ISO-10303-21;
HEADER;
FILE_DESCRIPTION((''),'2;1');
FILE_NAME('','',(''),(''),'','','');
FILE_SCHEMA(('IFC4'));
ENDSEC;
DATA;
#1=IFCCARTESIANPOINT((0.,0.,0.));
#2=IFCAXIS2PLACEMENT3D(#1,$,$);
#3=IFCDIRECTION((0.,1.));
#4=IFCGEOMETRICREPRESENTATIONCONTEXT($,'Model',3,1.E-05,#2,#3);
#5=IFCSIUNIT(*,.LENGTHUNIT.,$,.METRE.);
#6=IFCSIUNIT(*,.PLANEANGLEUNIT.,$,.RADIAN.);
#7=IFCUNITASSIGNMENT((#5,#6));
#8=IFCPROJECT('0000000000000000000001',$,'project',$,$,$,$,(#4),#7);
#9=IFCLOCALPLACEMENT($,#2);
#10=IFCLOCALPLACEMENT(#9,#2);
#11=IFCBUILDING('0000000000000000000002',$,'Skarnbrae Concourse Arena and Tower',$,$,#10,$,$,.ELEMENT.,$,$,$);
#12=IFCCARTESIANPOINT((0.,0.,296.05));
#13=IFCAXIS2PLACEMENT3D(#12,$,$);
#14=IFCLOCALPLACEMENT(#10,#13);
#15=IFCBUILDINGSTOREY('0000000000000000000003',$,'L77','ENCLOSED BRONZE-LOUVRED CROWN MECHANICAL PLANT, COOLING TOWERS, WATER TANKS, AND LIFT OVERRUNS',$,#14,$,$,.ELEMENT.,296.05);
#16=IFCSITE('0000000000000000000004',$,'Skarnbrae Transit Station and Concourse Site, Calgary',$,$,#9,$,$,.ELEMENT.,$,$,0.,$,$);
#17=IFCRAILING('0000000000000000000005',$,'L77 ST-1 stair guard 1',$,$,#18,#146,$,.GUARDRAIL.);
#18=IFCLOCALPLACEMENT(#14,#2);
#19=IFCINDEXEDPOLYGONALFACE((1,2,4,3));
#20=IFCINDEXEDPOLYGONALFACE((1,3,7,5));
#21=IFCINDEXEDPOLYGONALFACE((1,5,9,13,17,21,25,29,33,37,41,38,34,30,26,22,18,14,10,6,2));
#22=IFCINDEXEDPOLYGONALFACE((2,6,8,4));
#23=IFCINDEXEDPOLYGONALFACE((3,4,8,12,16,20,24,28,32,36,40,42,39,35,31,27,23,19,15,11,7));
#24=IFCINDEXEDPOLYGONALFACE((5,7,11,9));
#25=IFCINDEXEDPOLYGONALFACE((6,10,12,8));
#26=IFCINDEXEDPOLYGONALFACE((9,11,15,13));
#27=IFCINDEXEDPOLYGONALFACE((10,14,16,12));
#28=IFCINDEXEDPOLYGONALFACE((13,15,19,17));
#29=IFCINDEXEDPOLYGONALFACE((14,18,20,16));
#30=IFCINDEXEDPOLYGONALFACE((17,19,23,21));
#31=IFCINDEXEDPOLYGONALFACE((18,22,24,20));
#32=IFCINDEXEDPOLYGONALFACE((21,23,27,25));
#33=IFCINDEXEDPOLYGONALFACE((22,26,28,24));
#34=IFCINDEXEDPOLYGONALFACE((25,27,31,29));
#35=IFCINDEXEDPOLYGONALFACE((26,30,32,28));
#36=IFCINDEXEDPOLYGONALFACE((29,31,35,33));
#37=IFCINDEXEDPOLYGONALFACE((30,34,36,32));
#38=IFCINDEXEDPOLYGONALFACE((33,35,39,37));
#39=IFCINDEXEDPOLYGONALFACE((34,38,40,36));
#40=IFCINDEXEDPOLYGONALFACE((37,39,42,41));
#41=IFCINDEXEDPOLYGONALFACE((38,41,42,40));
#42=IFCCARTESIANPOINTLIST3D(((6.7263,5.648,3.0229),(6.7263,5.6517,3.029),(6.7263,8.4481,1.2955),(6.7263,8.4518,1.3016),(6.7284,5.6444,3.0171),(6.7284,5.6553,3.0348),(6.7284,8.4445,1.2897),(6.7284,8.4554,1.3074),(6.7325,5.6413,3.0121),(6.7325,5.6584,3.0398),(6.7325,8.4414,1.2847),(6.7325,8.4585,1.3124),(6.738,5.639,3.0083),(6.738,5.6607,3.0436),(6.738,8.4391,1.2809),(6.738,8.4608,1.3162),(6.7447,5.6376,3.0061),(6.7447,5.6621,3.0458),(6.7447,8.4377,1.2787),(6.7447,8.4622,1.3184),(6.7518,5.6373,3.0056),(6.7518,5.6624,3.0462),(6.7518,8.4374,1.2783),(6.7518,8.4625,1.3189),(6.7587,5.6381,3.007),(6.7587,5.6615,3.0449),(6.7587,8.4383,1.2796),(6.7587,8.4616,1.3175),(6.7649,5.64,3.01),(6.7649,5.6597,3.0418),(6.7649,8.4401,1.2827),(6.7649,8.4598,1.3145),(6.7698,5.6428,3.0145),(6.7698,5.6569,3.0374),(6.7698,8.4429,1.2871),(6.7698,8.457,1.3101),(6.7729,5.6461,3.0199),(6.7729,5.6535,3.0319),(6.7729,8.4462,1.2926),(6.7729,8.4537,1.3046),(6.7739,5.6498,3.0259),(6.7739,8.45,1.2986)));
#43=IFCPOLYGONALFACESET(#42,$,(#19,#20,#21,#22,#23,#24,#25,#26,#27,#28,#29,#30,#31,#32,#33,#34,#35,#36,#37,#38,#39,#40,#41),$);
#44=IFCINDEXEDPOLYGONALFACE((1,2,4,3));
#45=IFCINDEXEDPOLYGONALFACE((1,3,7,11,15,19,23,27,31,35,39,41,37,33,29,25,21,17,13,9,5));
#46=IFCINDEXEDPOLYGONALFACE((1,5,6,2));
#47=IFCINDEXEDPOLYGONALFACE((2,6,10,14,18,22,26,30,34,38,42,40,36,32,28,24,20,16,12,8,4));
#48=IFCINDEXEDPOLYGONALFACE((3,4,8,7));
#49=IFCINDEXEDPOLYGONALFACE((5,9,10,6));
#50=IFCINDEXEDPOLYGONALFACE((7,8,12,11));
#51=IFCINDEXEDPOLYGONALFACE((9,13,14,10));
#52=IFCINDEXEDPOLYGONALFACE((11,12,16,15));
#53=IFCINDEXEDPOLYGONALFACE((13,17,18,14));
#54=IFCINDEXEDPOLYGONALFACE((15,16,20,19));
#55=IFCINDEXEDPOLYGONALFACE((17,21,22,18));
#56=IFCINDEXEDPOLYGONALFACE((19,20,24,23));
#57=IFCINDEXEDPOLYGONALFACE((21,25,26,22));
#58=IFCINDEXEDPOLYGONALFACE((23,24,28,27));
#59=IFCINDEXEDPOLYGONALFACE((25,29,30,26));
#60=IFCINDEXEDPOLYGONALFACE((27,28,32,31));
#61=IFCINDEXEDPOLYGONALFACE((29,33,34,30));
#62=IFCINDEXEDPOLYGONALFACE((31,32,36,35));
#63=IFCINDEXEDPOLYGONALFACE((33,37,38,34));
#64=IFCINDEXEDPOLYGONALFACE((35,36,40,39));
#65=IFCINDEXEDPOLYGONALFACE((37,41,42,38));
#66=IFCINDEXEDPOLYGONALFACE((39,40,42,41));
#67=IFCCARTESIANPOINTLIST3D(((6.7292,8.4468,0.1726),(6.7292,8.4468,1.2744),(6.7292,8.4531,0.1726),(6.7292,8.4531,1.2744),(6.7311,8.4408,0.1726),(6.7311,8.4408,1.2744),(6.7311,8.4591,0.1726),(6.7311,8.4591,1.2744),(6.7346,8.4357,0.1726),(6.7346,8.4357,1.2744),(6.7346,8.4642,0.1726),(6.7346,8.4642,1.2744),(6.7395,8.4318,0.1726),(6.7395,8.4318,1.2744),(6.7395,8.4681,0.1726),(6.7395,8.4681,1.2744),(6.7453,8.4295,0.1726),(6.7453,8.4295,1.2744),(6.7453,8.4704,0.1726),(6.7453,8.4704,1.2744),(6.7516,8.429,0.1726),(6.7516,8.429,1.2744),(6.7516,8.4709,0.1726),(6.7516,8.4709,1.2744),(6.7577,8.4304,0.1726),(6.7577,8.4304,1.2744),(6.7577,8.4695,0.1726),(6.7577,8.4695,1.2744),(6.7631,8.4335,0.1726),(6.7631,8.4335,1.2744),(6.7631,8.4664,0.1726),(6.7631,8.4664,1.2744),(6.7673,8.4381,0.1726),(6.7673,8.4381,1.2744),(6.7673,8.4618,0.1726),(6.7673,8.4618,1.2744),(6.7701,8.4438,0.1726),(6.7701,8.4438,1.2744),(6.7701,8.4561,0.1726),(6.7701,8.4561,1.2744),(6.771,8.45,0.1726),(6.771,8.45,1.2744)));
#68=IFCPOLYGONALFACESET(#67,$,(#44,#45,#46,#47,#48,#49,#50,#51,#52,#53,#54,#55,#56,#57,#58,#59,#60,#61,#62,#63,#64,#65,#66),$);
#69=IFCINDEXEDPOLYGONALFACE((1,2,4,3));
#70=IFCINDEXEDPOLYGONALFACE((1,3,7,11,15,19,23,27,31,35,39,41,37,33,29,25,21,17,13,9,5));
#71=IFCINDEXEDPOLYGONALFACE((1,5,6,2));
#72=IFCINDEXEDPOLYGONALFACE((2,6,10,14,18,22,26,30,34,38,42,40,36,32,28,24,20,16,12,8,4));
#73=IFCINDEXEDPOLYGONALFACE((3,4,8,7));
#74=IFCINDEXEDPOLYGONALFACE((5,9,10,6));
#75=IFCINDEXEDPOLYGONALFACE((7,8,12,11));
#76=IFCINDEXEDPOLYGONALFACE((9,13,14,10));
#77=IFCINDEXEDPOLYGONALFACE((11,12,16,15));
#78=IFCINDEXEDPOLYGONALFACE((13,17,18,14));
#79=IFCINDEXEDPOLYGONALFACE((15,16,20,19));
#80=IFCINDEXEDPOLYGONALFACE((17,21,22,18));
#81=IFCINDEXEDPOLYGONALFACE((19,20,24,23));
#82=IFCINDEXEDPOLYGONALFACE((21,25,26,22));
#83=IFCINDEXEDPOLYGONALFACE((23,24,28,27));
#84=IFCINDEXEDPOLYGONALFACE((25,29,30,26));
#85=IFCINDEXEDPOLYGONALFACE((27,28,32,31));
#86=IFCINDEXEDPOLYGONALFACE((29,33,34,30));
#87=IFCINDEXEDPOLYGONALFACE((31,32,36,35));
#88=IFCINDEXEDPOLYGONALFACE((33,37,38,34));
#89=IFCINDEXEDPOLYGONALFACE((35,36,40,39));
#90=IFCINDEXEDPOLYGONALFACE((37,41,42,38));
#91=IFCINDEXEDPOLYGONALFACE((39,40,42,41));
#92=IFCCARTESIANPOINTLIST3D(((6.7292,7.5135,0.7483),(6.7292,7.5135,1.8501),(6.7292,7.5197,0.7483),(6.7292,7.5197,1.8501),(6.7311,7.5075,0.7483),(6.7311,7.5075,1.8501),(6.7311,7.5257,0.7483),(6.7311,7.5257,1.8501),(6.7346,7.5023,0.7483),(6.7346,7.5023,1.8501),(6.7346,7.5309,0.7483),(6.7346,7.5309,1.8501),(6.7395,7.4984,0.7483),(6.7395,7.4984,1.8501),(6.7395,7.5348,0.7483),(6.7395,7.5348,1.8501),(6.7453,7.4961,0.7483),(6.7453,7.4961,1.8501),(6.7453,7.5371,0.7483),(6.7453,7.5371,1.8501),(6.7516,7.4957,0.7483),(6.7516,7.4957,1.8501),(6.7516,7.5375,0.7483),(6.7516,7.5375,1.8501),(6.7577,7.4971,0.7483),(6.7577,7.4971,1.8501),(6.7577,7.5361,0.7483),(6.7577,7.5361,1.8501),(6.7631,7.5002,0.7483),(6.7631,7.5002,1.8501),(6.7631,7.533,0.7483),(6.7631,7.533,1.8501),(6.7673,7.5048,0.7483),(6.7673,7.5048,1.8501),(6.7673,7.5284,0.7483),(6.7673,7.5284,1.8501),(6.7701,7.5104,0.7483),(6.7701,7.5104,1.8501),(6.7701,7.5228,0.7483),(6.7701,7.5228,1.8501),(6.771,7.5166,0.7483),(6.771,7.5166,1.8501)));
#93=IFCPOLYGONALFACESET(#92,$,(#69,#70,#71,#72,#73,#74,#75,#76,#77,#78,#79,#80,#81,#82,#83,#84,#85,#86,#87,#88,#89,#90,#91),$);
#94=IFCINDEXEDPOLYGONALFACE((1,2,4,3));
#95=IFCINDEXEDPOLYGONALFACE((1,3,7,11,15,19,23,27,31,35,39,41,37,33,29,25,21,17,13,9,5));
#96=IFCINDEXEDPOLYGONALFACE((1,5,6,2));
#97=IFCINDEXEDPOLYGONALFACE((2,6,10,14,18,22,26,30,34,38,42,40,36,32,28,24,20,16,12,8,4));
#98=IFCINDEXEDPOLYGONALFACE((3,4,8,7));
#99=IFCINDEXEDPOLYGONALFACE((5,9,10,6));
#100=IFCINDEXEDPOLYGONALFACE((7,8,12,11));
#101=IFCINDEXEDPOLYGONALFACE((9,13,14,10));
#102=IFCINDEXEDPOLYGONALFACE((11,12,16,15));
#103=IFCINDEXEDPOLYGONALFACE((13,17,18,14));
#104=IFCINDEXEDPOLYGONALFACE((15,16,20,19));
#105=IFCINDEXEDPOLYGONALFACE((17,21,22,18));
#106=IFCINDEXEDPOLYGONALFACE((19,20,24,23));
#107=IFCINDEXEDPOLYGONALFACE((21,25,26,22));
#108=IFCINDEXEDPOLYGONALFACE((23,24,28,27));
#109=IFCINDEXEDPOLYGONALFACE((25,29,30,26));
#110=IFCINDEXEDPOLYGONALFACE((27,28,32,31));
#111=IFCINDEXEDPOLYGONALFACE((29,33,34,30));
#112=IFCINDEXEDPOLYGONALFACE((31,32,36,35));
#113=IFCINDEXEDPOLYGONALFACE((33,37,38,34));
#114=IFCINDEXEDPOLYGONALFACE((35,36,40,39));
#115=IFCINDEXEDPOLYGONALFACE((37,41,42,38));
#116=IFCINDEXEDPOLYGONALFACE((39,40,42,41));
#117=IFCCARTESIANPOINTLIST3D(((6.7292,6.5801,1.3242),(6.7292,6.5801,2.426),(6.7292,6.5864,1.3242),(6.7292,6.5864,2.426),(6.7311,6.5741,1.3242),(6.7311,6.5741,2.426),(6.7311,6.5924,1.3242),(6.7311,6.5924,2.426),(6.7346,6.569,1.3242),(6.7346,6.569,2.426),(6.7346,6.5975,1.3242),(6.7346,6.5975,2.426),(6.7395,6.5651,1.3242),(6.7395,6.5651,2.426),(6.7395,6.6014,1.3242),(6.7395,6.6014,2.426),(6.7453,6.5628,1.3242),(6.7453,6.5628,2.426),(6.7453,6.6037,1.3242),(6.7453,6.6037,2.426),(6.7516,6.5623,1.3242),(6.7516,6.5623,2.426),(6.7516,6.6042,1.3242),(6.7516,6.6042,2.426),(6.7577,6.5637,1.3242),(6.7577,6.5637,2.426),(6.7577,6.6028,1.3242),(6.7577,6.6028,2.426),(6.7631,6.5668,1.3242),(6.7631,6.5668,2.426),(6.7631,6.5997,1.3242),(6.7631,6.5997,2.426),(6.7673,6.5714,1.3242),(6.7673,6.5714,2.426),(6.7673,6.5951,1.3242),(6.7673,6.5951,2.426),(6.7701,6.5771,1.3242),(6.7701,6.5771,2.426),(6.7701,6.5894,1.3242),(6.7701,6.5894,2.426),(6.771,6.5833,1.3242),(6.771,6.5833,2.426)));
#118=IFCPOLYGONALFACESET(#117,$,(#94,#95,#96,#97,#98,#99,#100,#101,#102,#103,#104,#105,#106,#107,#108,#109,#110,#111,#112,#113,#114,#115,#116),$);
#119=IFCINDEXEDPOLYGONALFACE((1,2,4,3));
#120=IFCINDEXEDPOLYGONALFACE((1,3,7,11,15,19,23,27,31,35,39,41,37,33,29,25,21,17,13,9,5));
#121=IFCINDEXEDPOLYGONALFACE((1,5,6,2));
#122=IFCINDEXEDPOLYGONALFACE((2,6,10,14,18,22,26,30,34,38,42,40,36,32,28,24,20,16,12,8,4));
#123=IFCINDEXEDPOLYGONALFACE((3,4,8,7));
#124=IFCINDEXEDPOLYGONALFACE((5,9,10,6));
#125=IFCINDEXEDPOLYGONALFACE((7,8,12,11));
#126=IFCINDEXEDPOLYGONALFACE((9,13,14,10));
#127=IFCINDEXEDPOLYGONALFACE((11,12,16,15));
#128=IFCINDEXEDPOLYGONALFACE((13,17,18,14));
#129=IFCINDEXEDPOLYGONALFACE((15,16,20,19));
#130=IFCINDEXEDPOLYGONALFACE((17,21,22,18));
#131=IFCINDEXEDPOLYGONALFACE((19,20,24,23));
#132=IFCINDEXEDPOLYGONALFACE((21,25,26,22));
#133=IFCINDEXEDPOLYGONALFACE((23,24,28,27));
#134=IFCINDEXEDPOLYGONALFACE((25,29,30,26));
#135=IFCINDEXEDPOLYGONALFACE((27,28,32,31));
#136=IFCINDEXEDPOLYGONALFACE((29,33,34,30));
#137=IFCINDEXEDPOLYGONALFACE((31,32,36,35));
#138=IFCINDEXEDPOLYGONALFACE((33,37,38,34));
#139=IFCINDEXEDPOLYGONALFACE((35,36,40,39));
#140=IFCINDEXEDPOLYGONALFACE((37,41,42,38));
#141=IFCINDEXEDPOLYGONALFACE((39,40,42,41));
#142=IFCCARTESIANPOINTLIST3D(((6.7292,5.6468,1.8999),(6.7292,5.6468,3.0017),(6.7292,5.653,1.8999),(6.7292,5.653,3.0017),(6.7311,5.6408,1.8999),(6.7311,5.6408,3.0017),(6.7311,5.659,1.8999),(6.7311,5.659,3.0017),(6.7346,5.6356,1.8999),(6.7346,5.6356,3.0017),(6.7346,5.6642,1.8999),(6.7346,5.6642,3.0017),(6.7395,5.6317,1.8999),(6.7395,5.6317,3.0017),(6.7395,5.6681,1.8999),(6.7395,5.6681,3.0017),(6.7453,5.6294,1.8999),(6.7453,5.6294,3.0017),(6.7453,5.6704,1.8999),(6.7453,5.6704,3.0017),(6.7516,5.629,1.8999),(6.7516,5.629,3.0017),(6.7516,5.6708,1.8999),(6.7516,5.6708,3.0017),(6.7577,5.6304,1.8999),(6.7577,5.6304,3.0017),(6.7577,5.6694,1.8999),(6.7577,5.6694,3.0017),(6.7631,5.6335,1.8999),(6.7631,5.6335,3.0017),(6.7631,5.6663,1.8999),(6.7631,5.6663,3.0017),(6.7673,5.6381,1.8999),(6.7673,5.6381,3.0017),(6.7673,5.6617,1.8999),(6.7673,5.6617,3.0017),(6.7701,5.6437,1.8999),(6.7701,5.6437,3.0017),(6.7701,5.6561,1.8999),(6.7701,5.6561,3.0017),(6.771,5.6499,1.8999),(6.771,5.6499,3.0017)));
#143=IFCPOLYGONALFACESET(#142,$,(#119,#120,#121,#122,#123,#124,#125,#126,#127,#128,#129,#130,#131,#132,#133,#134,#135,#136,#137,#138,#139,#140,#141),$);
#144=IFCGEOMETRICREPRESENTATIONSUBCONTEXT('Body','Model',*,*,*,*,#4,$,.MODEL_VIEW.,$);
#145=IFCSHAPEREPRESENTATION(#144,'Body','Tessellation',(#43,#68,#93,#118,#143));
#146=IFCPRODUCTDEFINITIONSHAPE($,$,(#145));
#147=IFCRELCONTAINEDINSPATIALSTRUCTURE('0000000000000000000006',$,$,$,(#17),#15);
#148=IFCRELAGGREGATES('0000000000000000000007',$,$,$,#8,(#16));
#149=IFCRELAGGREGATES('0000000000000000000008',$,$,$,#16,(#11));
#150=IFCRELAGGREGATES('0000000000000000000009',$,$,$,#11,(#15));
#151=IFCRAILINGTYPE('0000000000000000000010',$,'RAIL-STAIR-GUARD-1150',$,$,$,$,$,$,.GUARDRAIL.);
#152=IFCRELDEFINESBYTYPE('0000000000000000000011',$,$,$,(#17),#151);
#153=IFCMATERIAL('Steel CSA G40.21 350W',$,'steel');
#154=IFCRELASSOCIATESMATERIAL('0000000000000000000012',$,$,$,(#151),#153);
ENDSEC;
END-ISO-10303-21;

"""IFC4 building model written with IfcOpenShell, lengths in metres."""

from ifc_helpers import new_model, si_unit, direction, frame, origin, origin_2d, place, context, subcontext, project, spatial, circle, extrude, material, type_object, element, save


model = new_model("IFC4")

# Units and contexts
model_context = context("Model", 3, precision=1e-05, world=origin(), true_north=direction((0.0, 1.0)))
body_context = subcontext(model_context, "Body", "Model", "MODEL_VIEW")
ifc_project = project(units=[si_unit("LENGTHUNIT", "METRE"), si_unit("PLANEANGLEUNIT", "RADIAN")], contexts=[model_context])

# Site, building, storey
site_placement = place(None, origin())
site = spatial("IfcSite", under=ifc_project, at=site_placement, Name="Skarnbrae Transit Station and Concourse Site, Calgary", CompositionType="ELEMENT", RefElevation=0.0)
building_placement = place(site_placement, origin())
building = spatial("IfcBuilding", under=site, at=building_placement, Name="Skarnbrae Concourse Arena and Tower", CompositionType="ELEMENT")
storey_placement = place(building_placement, frame((0.0, 0.0, 296.05)))
storey = spatial("IfcBuildingStorey", under=building, at=storey_placement, Name="L77", Description="ENCLOSED BRONZE-LOUVRED CROWN MECHANICAL PLANT, COOLING TOWERS, WATER TANKS, AND LIFT OVERRUNS", CompositionType="ELEMENT", Elevation=296.05)

# Shared definitions
ifc_material_1 = material(Name="Steel CSA G40.21 350W", Category="steel")

# Railing
railing_type_1 = type_object("IfcRailingType", Name="RAIL-STAIR-GUARD-1150", PredefinedType="GUARDRAIL", material=ifc_material_1)
railing_1_placement = place(storey_placement, frame((6.75, 8.45, 0.1726)))
element("IfcRailing", 1, at=railing_1_placement, inside=storey, type_object=railing_type_1, Name="L77 ST-1 stair guard 1", PredefinedType="GUARDRAIL", context=body_context, shape_type="SweptSolid", body=[
    extrude(circle(Radius=0.0239, at=origin_2d()), frame((0.0, 0.0, 1.126), z_axis=(0.0, -0.85109, 0.52502), x_axis=(1.0, 0.0, 0.0)), (0.0, 0.0, 1.0), 3.29),
    extrude(circle(Radius=0.021, at=origin_2d()), origin(), (0.0, 0.0, 1.0), 1.1018),
    extrude(circle(Radius=0.021, at=origin_2d()), frame((0.0, -0.9333, 0.5757)), (0.0, 0.0, 1.0), 1.1018),
    extrude(circle(Radius=0.021, at=origin_2d()), frame((0.0, -1.8667, 1.1516)), (0.0, 0.0, 1.0), 1.1018),
    extrude(circle(Radius=0.021, at=origin_2d()), frame((0.0, -2.8, 1.7273)), (0.0, 0.0, 1.0), 1.1018),
])

save(model, "model.ifc")
